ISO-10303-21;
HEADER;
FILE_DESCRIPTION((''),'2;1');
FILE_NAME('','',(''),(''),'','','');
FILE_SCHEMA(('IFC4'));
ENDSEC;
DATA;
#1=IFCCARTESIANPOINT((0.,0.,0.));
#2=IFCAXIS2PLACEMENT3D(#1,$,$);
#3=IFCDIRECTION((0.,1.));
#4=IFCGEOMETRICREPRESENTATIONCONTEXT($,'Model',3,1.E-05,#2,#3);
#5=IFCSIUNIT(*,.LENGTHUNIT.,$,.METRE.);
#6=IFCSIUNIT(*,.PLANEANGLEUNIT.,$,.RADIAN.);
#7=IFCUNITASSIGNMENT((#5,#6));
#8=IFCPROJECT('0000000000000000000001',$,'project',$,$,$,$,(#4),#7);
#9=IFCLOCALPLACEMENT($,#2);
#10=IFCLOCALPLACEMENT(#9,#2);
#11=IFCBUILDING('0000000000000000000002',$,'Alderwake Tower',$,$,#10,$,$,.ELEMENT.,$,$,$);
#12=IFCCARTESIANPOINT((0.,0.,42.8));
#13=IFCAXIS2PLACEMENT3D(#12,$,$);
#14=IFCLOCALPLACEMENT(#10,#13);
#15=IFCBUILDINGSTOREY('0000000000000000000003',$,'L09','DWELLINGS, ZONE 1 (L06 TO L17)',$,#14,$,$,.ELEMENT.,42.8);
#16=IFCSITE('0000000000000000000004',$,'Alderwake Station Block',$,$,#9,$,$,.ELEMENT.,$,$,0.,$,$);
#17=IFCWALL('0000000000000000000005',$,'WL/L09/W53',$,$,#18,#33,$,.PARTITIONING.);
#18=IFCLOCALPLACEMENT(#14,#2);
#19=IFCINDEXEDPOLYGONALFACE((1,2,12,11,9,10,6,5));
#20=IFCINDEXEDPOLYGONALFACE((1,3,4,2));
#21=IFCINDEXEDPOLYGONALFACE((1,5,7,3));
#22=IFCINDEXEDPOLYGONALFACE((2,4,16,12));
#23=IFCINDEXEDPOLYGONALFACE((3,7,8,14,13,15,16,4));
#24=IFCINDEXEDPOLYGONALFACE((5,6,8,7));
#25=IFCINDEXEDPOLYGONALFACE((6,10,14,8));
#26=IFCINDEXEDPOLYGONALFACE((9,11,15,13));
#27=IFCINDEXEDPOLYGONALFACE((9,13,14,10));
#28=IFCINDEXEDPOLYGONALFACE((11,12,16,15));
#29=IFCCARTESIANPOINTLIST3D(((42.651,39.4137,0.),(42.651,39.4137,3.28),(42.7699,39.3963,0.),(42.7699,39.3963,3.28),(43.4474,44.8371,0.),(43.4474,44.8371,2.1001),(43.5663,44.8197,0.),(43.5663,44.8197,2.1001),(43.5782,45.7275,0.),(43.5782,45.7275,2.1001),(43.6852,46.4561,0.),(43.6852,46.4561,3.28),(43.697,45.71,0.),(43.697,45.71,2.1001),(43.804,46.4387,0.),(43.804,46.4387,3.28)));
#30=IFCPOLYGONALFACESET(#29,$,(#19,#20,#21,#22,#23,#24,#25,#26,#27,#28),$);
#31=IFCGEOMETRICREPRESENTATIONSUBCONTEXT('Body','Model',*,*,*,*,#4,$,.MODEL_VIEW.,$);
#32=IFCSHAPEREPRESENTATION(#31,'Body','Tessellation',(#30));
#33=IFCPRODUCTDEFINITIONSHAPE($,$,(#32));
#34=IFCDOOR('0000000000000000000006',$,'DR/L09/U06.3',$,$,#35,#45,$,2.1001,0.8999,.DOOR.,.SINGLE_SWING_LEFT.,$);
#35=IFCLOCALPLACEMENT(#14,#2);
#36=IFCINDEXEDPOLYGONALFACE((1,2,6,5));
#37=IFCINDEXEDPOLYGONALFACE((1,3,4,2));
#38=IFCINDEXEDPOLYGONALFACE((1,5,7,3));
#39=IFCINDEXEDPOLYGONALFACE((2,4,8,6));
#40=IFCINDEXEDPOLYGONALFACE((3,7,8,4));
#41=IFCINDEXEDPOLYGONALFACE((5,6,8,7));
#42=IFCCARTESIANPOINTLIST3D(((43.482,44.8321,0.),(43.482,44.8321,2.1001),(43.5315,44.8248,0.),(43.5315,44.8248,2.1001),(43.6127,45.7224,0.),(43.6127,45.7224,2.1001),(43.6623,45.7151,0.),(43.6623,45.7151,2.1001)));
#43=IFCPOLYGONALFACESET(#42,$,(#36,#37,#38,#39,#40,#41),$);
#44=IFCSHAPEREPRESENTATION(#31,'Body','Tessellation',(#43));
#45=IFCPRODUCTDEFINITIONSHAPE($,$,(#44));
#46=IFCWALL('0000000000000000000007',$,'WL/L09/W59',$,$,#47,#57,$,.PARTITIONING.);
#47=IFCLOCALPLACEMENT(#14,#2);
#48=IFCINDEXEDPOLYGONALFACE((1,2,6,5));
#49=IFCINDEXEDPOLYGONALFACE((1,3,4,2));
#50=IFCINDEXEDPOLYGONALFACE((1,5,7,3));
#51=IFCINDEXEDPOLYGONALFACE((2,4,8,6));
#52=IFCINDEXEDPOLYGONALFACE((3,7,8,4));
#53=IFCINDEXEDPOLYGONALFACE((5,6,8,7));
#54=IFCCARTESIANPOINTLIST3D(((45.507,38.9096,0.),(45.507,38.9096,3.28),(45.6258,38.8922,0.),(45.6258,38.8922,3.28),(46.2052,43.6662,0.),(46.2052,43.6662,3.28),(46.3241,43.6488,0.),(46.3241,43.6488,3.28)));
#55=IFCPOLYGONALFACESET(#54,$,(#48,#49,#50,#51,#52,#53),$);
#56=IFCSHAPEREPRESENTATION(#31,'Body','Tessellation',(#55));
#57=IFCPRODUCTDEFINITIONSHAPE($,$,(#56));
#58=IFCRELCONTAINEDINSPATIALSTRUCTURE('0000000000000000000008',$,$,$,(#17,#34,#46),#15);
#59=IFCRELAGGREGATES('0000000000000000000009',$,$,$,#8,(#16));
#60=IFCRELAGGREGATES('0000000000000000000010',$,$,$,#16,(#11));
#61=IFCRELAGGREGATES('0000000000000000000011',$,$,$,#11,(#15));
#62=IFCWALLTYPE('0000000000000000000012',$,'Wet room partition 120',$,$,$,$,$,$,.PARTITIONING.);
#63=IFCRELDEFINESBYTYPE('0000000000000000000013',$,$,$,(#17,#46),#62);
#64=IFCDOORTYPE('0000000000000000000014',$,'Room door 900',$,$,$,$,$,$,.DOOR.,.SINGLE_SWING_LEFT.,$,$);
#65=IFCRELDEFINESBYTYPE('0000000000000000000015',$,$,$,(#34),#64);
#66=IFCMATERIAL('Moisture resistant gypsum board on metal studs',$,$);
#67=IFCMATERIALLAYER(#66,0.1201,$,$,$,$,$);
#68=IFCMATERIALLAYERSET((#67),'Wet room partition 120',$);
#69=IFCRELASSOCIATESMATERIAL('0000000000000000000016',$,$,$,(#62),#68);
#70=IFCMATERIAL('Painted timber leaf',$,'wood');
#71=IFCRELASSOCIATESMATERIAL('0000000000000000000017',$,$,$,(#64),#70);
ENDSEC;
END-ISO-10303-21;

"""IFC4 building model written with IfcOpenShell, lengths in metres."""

from ifc_helpers import new_model, si_unit, direction, frame, frame_2d, origin, place, context, subcontext, project, spatial, rectangle, extrude, material, layer, layer_set, type_object, element, fill, save


model = new_model("IFC4")

# Units and contexts
model_context = context("Model", 3, precision=1e-05, world=origin(), true_north=direction((0.0, 1.0)))
body_context = subcontext(model_context, "Body", "Model", "MODEL_VIEW")
ifc_project = project(units=[si_unit("LENGTHUNIT", "METRE"), si_unit("PLANEANGLEUNIT", "RADIAN")], contexts=[model_context])

# Site, building, storey
site_placement = place(None, origin())
site = spatial("IfcSite", under=ifc_project, at=site_placement, Name="Alderwake Station Block", CompositionType="ELEMENT", RefElevation=0.0)
building_placement = place(site_placement, origin())
building = spatial("IfcBuilding", under=site, at=building_placement, Name="Alderwake Tower", CompositionType="ELEMENT")
storey_placement = place(building_placement, frame((0.0, 0.0, 42.8)))
storey = spatial("IfcBuildingStorey", under=building, at=storey_placement, Name="L09", Description="DWELLINGS, ZONE 1 (L06 TO L17)", CompositionType="ELEMENT", Elevation=42.8)

# Wall, opening, door
ifc_material_1 = material(Name="Moisture resistant gypsum board on metal studs")
ifc_layer_1 = layer(ifc_material_1, 0.1201)
ifc_layer_set_1 = layer_set([ifc_layer_1], Name="Wet room partition 120")
wall_type_1 = type_object("IfcWallType", Name="Wet room partition 120", PredefinedType="PARTITIONING", material=ifc_layer_set_1)
wall_1_placement = place(storey_placement, frame((43.7446, 46.4475, 0.0), z_axis=(0.0, 0.0, 1.0), x_axis=(-0.145291, -0.989389, 0.0)))
wall_1 = element("IfcWall", 1, at=wall_1_placement, inside=storey, type_object=wall_type_1, Name="WL/L09/W53", PredefinedType="PARTITIONING", context=body_context, shape_type="SweptSolid", body=[
    extrude(rectangle(XDim=7.1179, YDim=0.1201, at=frame_2d((3.5591, 0.0))), origin(), (0.0, 0.0, 1.0), 3.28),
])
opening_1_placement = place(wall_1_placement, frame((0.7366, 0.0, 0.0)))
opening_1 = element("IfcOpeningElement", 2, at=opening_1_placement, cuts=wall_1, PredefinedType="OPENING", context=body_context, shape_type="SweptSolid", body=[
    extrude(rectangle(XDim=0.8999, YDim=2.1001, at=frame_2d((0.45, 1.05))), frame((0.0, 0.0701, 0.0), z_axis=(0.0, -1.0, 0.0), x_axis=(1.0, 0.0, 0.0)), (0.0, 0.0, 1.0), 0.1401),
])
ifc_material_2 = material(Name="Painted timber leaf", Category="wood")
door_type_1 = type_object("IfcDoorType", Name="Room door 900", OperationType="SINGLE_SWING_LEFT", PredefinedType="DOOR", material=ifc_material_2)
door_1_placement = place(opening_1_placement, origin())
door_1 = element("IfcDoor", 3, at=door_1_placement, inside=storey, type_object=door_type_1, Name="DR/L09/U06.3", OperationType="SINGLE_SWING_LEFT", OverallHeight=2.1001, OverallWidth=0.8999, PredefinedType="DOOR", context=body_context, shape_type="SweptSolid", body=[
    extrude(rectangle(XDim=0.8999, YDim=2.1001, at=frame_2d((0.45, 1.05))), frame((0.0, 0.0249, 0.0), z_axis=(0.0, -1.0, 0.0), x_axis=(1.0, 0.0, 0.0)), (0.0, 0.0, 1.0), 0.05),
])
fill(opening_1, door_1)

# Wall
wall_2_placement = place(storey_placement, frame((45.5664, 38.9009, 0.0), z_axis=(0.0, 0.0, 1.0), x_axis=(0.145238, 0.989397, 0.0)))
element("IfcWall", 4, at=wall_2_placement, inside=storey, type_object=wall_type_1, Name="WL/L09/W59", PredefinedType="PARTITIONING", context=body_context, shape_type="SweptSolid", body=[
    extrude(rectangle(XDim=4.8076, YDim=0.1201, at=frame_2d((2.4038, 0.0))), origin(), (0.0, 0.0, 1.0), 3.28),
])

save(model, "model.ifc")
